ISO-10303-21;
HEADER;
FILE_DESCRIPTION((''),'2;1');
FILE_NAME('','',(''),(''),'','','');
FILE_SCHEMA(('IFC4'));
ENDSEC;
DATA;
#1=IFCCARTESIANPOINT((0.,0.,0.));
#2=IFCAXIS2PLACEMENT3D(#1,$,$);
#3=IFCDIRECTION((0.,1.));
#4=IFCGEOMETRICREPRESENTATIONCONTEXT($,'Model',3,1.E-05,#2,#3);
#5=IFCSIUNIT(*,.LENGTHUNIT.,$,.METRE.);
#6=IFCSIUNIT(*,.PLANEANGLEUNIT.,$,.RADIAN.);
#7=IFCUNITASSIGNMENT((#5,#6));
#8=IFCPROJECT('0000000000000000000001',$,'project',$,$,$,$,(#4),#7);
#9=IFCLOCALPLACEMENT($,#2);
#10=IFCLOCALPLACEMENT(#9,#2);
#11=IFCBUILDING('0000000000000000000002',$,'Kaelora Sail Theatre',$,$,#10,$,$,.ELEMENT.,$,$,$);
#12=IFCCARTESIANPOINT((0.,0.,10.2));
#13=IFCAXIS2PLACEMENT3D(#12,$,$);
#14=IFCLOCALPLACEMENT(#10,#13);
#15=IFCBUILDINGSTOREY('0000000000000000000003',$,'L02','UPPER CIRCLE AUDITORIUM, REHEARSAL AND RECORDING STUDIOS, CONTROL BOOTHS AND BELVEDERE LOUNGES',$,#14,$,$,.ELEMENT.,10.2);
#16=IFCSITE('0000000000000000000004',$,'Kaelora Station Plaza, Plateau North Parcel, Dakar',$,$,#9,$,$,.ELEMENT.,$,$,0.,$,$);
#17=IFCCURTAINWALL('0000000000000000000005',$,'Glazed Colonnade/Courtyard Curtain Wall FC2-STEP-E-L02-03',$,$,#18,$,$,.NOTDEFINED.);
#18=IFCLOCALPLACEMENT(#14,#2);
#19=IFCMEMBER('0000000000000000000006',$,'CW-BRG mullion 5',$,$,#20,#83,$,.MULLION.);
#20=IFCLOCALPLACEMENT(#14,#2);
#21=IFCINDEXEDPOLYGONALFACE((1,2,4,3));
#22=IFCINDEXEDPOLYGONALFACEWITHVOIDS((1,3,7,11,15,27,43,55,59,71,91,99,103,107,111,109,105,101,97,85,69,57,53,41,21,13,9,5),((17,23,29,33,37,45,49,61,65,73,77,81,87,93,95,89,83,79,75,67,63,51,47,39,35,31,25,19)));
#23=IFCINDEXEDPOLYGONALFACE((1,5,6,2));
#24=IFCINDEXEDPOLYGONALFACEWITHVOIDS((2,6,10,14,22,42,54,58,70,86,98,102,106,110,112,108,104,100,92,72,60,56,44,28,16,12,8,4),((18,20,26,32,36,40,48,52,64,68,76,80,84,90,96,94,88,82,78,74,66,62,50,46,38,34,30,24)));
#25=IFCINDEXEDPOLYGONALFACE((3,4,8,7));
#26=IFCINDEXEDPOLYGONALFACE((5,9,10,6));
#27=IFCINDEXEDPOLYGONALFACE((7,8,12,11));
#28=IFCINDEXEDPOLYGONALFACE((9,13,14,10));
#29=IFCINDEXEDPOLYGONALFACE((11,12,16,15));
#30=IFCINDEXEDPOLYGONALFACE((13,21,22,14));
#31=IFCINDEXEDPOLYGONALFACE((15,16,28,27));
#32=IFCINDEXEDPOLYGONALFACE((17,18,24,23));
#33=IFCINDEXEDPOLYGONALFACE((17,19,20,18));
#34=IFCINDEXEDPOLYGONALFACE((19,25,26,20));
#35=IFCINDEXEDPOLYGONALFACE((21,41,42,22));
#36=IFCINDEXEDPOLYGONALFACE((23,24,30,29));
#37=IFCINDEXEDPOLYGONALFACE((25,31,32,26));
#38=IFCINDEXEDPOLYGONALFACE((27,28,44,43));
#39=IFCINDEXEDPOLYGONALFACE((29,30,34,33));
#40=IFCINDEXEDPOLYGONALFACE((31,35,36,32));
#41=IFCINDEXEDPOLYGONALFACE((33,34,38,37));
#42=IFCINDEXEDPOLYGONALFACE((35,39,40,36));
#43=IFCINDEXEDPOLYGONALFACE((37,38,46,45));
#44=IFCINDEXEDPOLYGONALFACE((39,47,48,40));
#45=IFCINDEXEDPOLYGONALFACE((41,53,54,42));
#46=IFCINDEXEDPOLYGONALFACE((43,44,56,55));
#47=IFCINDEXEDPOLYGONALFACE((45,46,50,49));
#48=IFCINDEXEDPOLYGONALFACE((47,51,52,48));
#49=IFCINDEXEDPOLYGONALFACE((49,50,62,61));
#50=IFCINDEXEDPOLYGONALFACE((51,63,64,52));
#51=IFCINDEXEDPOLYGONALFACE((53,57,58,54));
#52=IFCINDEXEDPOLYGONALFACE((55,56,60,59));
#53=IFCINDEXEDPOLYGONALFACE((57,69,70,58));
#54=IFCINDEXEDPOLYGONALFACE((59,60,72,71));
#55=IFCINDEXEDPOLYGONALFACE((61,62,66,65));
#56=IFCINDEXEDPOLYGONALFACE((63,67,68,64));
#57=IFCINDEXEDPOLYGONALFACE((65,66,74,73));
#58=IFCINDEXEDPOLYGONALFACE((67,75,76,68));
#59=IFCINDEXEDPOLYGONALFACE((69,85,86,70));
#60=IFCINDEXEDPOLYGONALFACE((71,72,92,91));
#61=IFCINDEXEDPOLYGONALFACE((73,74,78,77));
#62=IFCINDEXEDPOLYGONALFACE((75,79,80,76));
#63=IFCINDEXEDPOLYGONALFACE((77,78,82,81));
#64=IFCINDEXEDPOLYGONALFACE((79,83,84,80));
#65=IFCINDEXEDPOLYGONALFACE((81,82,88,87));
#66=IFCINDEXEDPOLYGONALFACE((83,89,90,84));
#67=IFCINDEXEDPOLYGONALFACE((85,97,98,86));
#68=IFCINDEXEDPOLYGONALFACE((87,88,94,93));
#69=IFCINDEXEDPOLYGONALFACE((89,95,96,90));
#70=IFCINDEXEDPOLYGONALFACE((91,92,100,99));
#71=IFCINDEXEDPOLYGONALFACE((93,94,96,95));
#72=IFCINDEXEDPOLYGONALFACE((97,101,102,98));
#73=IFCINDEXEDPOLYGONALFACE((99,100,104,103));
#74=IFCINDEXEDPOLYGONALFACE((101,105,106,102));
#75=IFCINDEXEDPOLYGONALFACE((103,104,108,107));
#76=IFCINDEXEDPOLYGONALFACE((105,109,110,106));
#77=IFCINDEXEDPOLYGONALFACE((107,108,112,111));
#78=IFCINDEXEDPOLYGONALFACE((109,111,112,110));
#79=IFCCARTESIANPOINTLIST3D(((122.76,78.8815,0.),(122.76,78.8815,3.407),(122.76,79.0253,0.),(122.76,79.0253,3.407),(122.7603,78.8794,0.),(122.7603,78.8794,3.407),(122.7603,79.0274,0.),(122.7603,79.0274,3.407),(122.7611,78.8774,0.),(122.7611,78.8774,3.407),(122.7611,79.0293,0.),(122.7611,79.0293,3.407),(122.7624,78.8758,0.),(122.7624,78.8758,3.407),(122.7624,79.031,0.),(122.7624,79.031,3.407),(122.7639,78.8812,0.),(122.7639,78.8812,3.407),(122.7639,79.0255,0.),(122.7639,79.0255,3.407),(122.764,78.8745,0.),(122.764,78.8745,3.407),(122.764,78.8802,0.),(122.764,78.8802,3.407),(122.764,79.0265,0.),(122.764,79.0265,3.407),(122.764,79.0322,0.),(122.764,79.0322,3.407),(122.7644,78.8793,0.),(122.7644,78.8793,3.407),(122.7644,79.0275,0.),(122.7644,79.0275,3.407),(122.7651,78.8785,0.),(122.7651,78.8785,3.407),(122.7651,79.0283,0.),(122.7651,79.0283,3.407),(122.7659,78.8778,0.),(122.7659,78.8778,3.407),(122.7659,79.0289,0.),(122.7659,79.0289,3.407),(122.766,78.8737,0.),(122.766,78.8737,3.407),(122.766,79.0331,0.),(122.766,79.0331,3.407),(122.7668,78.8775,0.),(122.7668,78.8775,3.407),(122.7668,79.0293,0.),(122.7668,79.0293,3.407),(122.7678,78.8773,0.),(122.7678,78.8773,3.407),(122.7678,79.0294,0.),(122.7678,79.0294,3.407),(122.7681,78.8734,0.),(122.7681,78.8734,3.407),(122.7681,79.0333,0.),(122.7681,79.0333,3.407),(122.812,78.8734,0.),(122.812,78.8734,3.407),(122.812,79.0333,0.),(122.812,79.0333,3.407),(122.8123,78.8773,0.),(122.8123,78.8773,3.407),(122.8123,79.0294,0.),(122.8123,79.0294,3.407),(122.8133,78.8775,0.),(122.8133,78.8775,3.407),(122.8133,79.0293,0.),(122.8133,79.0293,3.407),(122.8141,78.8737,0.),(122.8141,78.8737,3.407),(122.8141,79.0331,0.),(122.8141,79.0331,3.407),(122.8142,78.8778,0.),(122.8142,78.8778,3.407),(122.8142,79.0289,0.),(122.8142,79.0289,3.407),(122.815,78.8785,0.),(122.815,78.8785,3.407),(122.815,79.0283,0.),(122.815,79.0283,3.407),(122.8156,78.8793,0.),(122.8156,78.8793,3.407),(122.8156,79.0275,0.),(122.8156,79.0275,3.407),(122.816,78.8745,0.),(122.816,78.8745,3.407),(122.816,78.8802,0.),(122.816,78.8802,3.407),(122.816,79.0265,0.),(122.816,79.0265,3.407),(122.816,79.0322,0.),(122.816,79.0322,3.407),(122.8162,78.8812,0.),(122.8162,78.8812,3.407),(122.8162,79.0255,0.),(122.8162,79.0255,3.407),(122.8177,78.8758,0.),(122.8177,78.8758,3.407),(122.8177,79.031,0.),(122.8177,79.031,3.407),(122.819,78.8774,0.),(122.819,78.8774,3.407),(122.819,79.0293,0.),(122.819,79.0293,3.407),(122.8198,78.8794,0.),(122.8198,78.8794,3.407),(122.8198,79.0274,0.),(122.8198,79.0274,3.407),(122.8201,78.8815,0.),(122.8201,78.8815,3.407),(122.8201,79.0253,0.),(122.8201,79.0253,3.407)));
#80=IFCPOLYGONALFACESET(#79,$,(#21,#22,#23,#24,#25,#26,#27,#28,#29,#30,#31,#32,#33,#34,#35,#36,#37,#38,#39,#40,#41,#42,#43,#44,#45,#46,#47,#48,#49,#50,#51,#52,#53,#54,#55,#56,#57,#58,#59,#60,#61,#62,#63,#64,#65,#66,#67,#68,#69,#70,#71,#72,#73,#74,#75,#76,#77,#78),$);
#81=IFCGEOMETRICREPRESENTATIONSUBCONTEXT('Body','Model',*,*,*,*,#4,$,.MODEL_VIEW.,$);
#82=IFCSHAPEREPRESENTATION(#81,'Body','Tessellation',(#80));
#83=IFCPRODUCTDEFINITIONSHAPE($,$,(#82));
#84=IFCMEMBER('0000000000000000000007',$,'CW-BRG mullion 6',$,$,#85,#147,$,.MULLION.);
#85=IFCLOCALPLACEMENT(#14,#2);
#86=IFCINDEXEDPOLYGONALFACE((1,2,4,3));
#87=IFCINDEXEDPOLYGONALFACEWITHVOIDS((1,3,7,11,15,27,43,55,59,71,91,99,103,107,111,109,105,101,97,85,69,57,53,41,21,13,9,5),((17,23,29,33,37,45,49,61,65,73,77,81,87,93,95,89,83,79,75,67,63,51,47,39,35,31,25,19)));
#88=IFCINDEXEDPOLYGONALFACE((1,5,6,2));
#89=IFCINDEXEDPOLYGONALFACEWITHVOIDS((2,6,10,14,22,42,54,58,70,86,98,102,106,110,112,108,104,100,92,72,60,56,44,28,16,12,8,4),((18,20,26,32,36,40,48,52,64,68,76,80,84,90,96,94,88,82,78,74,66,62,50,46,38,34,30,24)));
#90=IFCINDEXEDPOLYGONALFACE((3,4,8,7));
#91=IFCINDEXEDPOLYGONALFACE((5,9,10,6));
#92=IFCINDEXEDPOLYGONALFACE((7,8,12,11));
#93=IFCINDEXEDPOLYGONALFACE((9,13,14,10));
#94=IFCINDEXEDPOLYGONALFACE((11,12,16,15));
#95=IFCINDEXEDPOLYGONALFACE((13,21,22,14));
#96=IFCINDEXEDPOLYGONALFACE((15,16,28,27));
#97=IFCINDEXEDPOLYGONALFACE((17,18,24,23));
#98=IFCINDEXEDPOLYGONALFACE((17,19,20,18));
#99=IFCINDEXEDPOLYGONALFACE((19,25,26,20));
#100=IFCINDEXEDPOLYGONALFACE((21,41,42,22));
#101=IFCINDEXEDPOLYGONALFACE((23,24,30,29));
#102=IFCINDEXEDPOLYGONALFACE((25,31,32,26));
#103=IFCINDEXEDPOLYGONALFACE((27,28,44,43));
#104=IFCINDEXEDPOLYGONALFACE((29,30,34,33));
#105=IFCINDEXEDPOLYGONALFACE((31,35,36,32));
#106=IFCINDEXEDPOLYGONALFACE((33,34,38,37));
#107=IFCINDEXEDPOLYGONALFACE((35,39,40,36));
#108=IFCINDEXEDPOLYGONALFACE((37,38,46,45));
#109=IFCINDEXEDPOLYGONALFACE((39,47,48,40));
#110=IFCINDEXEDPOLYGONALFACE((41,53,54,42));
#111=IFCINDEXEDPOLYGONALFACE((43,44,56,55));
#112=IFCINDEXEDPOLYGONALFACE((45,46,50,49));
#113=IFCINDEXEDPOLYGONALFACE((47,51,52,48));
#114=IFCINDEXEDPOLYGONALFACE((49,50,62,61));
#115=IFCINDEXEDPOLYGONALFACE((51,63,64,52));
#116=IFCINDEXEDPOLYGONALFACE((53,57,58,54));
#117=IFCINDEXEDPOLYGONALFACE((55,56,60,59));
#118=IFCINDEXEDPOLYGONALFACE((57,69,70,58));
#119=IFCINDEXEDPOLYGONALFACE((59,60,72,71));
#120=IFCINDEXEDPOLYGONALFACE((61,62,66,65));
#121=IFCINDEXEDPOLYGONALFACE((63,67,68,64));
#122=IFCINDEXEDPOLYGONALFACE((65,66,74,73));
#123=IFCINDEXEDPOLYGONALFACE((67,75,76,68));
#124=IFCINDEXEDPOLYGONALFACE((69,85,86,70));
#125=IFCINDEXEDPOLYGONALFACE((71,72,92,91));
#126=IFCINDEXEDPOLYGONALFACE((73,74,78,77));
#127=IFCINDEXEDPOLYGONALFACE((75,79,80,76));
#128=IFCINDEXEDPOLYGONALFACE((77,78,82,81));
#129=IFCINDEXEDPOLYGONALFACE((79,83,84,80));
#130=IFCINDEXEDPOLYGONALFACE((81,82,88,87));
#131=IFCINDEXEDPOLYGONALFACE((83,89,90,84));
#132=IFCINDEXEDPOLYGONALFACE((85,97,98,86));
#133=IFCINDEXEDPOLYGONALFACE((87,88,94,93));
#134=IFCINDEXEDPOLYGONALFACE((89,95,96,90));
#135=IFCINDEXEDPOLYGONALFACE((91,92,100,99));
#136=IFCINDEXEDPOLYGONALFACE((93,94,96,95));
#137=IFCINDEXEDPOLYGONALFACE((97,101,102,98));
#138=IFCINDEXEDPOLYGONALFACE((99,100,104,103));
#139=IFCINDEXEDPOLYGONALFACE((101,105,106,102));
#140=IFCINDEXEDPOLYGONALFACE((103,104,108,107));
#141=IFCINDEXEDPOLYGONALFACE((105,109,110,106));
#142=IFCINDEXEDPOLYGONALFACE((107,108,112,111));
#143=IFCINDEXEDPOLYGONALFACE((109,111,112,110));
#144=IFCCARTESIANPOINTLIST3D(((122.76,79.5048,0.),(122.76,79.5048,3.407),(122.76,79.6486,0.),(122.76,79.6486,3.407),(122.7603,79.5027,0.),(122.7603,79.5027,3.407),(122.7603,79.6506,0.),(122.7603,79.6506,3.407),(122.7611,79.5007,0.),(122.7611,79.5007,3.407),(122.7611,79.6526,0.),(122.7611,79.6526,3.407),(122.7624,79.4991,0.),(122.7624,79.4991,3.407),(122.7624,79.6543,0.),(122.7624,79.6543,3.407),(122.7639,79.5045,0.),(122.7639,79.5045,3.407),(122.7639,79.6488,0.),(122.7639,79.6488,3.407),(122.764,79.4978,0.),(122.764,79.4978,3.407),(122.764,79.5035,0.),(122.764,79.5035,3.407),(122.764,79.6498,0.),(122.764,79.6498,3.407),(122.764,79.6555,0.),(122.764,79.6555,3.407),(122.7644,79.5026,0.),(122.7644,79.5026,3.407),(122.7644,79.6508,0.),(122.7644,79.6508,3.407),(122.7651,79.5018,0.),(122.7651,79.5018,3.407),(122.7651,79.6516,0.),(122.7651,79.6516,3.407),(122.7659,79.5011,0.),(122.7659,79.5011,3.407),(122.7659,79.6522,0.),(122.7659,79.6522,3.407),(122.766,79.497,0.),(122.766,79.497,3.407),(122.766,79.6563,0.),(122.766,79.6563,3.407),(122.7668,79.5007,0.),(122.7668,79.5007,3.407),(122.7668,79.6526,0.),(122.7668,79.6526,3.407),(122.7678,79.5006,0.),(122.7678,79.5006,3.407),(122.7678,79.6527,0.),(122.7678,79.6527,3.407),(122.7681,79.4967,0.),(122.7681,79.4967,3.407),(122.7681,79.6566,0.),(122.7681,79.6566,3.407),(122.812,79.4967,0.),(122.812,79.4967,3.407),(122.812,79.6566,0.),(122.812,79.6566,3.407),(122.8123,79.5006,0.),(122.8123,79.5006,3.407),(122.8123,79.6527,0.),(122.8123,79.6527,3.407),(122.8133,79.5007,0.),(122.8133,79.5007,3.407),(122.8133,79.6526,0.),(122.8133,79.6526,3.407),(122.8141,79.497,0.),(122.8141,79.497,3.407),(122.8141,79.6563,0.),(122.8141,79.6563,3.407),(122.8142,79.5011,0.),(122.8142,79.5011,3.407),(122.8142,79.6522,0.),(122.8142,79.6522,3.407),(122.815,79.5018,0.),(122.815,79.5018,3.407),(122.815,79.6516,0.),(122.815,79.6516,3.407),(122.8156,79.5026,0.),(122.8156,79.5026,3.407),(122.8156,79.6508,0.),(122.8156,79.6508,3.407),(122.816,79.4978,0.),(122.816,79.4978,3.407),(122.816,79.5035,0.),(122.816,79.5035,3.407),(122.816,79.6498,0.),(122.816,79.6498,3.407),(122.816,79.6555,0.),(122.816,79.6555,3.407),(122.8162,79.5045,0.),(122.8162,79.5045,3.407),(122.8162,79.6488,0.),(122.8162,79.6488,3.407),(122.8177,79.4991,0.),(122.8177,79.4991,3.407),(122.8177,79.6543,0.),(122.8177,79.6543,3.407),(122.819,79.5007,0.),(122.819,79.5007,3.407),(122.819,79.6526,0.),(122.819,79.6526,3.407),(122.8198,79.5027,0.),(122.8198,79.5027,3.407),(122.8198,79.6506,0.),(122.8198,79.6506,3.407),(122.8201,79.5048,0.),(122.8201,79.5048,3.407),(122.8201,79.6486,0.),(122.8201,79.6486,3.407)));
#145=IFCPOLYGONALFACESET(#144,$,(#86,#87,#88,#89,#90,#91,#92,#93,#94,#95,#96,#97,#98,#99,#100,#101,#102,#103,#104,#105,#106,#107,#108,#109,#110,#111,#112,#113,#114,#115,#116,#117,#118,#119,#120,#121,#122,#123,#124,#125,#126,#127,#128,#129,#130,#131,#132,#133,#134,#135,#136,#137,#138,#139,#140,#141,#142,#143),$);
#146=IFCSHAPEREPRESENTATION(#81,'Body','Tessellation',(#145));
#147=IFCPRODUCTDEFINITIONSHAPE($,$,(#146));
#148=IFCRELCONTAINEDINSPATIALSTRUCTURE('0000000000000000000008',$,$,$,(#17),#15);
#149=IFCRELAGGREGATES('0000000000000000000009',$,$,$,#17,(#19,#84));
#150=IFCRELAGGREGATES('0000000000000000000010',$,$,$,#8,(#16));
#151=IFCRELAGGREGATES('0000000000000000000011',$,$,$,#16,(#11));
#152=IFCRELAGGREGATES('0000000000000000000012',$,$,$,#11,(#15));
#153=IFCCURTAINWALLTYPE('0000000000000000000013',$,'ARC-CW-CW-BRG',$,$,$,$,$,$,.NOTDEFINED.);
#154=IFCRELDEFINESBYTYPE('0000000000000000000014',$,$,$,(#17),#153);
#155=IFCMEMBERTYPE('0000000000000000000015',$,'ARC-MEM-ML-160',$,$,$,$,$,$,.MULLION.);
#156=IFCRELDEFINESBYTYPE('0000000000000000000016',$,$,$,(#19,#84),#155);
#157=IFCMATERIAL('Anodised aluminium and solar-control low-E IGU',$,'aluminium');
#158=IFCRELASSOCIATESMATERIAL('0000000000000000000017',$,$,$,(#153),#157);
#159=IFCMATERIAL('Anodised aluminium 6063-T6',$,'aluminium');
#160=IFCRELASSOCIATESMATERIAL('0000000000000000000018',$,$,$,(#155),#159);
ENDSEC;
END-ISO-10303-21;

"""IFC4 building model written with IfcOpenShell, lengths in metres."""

from ifc_helpers import new_model, si_unit, direction, frame, origin, origin_2d, place, context, subcontext, project, spatial, hollow_rectangle, extrude, material, material_profile, profile_set, type_object, element, aggregate, save


model = new_model("IFC4")

# Units and contexts
model_context = context("Model", 3, precision=1e-05, world=origin(), true_north=direction((0.0, 1.0)))
body_context = subcontext(model_context, "Body", "Model", "MODEL_VIEW")
ifc_project = project(units=[si_unit("LENGTHUNIT", "METRE"), si_unit("PLANEANGLEUNIT", "RADIAN")], contexts=[model_context])

# Site, building, storey
site_placement = place(None, origin())
site = spatial("IfcSite", under=ifc_project, at=site_placement, Name="Kaelora Station Plaza, Plateau North Parcel, Dakar", CompositionType="ELEMENT", RefElevation=0.0)
building_placement = place(site_placement, origin())
building = spatial("IfcBuilding", under=site, at=building_placement, Name="Kaelora Sail Theatre", CompositionType="ELEMENT")
storey_placement = place(building_placement, frame((0.0, 0.0, 10.2)))
storey = spatial("IfcBuildingStorey", under=building, at=storey_placement, Name="L02", Description="UPPER CIRCLE AUDITORIUM, REHEARSAL AND RECORDING STUDIOS, CONTROL BOOTHS AND BELVEDERE LOUNGES", CompositionType="ELEMENT", Elevation=10.2)

# Curtain wall, members
ifc_material_1 = material(Name="Anodised aluminium and solar-control low-E IGU", Category="aluminium")
curtain_wall_type = type_object("IfcCurtainWallType", Name="ARC-CW-CW-BRG", PredefinedType="NOTDEFINED", material=ifc_material_1)
curtain_wall_1_placement = place(storey_placement, origin())
curtain_wall_1 = element("IfcCurtainWall", 1, at=curtain_wall_1_placement, inside=storey, type_object=curtain_wall_type, Name="Glazed Colonnade/Courtyard Curtain Wall FC2-STEP-E-L02-03", PredefinedType="NOTDEFINED")
ifc_material_2 = material(Name="Anodised aluminium 6063-T6", Category="aluminium")
ifc_material_profile_1 = material_profile(ifc_material_2, hollow_rectangle(XDim=0.0601, YDim=0.1599, WallThickness=0.0039, InnerFilletRadius=0.0039, OuterFilletRadius=0.0081, at=origin_2d()), Name="ALU-MULL 60x160x4")
ifc_profile_set_1 = profile_set([ifc_material_profile_1], Name="Anodised aluminium 6063-T6")
member_type_1 = type_object("IfcMemberType", Name="ARC-MEM-ML-160", PredefinedType="MULLION", material=ifc_profile_set_1)
member_1_placement = place(storey_placement, frame((122.79, 78.9534, 0.0), z_axis=(0.0, 0.0, 1.0), x_axis=(-1.0, 0.0, 0.0)))
member_1 = element("IfcMember", 2, at=member_1_placement, type_object=member_type_1, Name="CW-BRG mullion 5", PredefinedType="MULLION", context=body_context, shape_type="SweptSolid", body=[
    extrude(hollow_rectangle(XDim=0.0601, YDim=0.1599, WallThickness=0.0039, InnerFilletRadius=0.0039, OuterFilletRadius=0.0081, at=origin_2d()), origin(), (0.0, 0.0, 1.0), 3.407),
])
member_2_placement = place(storey_placement, frame((122.79, 79.5767, 0.0), z_axis=(0.0, 0.0, 1.0), x_axis=(-1.0, 0.0, 0.0)))
member_2 = element("IfcMember", 3, at=member_2_placement, type_object=member_type_1, Name="CW-BRG mullion 6", PredefinedType="MULLION", context=body_context, shape_type="SweptSolid", body=[
    extrude(hollow_rectangle(XDim=0.0601, YDim=0.1599, WallThickness=0.0039, InnerFilletRadius=0.0039, OuterFilletRadius=0.0081, at=origin_2d()), origin(), (0.0, 0.0, 1.0), 3.407),
])

aggregate(curtain_wall_1, [member_1, member_2])

save(model, "model.ifc")
